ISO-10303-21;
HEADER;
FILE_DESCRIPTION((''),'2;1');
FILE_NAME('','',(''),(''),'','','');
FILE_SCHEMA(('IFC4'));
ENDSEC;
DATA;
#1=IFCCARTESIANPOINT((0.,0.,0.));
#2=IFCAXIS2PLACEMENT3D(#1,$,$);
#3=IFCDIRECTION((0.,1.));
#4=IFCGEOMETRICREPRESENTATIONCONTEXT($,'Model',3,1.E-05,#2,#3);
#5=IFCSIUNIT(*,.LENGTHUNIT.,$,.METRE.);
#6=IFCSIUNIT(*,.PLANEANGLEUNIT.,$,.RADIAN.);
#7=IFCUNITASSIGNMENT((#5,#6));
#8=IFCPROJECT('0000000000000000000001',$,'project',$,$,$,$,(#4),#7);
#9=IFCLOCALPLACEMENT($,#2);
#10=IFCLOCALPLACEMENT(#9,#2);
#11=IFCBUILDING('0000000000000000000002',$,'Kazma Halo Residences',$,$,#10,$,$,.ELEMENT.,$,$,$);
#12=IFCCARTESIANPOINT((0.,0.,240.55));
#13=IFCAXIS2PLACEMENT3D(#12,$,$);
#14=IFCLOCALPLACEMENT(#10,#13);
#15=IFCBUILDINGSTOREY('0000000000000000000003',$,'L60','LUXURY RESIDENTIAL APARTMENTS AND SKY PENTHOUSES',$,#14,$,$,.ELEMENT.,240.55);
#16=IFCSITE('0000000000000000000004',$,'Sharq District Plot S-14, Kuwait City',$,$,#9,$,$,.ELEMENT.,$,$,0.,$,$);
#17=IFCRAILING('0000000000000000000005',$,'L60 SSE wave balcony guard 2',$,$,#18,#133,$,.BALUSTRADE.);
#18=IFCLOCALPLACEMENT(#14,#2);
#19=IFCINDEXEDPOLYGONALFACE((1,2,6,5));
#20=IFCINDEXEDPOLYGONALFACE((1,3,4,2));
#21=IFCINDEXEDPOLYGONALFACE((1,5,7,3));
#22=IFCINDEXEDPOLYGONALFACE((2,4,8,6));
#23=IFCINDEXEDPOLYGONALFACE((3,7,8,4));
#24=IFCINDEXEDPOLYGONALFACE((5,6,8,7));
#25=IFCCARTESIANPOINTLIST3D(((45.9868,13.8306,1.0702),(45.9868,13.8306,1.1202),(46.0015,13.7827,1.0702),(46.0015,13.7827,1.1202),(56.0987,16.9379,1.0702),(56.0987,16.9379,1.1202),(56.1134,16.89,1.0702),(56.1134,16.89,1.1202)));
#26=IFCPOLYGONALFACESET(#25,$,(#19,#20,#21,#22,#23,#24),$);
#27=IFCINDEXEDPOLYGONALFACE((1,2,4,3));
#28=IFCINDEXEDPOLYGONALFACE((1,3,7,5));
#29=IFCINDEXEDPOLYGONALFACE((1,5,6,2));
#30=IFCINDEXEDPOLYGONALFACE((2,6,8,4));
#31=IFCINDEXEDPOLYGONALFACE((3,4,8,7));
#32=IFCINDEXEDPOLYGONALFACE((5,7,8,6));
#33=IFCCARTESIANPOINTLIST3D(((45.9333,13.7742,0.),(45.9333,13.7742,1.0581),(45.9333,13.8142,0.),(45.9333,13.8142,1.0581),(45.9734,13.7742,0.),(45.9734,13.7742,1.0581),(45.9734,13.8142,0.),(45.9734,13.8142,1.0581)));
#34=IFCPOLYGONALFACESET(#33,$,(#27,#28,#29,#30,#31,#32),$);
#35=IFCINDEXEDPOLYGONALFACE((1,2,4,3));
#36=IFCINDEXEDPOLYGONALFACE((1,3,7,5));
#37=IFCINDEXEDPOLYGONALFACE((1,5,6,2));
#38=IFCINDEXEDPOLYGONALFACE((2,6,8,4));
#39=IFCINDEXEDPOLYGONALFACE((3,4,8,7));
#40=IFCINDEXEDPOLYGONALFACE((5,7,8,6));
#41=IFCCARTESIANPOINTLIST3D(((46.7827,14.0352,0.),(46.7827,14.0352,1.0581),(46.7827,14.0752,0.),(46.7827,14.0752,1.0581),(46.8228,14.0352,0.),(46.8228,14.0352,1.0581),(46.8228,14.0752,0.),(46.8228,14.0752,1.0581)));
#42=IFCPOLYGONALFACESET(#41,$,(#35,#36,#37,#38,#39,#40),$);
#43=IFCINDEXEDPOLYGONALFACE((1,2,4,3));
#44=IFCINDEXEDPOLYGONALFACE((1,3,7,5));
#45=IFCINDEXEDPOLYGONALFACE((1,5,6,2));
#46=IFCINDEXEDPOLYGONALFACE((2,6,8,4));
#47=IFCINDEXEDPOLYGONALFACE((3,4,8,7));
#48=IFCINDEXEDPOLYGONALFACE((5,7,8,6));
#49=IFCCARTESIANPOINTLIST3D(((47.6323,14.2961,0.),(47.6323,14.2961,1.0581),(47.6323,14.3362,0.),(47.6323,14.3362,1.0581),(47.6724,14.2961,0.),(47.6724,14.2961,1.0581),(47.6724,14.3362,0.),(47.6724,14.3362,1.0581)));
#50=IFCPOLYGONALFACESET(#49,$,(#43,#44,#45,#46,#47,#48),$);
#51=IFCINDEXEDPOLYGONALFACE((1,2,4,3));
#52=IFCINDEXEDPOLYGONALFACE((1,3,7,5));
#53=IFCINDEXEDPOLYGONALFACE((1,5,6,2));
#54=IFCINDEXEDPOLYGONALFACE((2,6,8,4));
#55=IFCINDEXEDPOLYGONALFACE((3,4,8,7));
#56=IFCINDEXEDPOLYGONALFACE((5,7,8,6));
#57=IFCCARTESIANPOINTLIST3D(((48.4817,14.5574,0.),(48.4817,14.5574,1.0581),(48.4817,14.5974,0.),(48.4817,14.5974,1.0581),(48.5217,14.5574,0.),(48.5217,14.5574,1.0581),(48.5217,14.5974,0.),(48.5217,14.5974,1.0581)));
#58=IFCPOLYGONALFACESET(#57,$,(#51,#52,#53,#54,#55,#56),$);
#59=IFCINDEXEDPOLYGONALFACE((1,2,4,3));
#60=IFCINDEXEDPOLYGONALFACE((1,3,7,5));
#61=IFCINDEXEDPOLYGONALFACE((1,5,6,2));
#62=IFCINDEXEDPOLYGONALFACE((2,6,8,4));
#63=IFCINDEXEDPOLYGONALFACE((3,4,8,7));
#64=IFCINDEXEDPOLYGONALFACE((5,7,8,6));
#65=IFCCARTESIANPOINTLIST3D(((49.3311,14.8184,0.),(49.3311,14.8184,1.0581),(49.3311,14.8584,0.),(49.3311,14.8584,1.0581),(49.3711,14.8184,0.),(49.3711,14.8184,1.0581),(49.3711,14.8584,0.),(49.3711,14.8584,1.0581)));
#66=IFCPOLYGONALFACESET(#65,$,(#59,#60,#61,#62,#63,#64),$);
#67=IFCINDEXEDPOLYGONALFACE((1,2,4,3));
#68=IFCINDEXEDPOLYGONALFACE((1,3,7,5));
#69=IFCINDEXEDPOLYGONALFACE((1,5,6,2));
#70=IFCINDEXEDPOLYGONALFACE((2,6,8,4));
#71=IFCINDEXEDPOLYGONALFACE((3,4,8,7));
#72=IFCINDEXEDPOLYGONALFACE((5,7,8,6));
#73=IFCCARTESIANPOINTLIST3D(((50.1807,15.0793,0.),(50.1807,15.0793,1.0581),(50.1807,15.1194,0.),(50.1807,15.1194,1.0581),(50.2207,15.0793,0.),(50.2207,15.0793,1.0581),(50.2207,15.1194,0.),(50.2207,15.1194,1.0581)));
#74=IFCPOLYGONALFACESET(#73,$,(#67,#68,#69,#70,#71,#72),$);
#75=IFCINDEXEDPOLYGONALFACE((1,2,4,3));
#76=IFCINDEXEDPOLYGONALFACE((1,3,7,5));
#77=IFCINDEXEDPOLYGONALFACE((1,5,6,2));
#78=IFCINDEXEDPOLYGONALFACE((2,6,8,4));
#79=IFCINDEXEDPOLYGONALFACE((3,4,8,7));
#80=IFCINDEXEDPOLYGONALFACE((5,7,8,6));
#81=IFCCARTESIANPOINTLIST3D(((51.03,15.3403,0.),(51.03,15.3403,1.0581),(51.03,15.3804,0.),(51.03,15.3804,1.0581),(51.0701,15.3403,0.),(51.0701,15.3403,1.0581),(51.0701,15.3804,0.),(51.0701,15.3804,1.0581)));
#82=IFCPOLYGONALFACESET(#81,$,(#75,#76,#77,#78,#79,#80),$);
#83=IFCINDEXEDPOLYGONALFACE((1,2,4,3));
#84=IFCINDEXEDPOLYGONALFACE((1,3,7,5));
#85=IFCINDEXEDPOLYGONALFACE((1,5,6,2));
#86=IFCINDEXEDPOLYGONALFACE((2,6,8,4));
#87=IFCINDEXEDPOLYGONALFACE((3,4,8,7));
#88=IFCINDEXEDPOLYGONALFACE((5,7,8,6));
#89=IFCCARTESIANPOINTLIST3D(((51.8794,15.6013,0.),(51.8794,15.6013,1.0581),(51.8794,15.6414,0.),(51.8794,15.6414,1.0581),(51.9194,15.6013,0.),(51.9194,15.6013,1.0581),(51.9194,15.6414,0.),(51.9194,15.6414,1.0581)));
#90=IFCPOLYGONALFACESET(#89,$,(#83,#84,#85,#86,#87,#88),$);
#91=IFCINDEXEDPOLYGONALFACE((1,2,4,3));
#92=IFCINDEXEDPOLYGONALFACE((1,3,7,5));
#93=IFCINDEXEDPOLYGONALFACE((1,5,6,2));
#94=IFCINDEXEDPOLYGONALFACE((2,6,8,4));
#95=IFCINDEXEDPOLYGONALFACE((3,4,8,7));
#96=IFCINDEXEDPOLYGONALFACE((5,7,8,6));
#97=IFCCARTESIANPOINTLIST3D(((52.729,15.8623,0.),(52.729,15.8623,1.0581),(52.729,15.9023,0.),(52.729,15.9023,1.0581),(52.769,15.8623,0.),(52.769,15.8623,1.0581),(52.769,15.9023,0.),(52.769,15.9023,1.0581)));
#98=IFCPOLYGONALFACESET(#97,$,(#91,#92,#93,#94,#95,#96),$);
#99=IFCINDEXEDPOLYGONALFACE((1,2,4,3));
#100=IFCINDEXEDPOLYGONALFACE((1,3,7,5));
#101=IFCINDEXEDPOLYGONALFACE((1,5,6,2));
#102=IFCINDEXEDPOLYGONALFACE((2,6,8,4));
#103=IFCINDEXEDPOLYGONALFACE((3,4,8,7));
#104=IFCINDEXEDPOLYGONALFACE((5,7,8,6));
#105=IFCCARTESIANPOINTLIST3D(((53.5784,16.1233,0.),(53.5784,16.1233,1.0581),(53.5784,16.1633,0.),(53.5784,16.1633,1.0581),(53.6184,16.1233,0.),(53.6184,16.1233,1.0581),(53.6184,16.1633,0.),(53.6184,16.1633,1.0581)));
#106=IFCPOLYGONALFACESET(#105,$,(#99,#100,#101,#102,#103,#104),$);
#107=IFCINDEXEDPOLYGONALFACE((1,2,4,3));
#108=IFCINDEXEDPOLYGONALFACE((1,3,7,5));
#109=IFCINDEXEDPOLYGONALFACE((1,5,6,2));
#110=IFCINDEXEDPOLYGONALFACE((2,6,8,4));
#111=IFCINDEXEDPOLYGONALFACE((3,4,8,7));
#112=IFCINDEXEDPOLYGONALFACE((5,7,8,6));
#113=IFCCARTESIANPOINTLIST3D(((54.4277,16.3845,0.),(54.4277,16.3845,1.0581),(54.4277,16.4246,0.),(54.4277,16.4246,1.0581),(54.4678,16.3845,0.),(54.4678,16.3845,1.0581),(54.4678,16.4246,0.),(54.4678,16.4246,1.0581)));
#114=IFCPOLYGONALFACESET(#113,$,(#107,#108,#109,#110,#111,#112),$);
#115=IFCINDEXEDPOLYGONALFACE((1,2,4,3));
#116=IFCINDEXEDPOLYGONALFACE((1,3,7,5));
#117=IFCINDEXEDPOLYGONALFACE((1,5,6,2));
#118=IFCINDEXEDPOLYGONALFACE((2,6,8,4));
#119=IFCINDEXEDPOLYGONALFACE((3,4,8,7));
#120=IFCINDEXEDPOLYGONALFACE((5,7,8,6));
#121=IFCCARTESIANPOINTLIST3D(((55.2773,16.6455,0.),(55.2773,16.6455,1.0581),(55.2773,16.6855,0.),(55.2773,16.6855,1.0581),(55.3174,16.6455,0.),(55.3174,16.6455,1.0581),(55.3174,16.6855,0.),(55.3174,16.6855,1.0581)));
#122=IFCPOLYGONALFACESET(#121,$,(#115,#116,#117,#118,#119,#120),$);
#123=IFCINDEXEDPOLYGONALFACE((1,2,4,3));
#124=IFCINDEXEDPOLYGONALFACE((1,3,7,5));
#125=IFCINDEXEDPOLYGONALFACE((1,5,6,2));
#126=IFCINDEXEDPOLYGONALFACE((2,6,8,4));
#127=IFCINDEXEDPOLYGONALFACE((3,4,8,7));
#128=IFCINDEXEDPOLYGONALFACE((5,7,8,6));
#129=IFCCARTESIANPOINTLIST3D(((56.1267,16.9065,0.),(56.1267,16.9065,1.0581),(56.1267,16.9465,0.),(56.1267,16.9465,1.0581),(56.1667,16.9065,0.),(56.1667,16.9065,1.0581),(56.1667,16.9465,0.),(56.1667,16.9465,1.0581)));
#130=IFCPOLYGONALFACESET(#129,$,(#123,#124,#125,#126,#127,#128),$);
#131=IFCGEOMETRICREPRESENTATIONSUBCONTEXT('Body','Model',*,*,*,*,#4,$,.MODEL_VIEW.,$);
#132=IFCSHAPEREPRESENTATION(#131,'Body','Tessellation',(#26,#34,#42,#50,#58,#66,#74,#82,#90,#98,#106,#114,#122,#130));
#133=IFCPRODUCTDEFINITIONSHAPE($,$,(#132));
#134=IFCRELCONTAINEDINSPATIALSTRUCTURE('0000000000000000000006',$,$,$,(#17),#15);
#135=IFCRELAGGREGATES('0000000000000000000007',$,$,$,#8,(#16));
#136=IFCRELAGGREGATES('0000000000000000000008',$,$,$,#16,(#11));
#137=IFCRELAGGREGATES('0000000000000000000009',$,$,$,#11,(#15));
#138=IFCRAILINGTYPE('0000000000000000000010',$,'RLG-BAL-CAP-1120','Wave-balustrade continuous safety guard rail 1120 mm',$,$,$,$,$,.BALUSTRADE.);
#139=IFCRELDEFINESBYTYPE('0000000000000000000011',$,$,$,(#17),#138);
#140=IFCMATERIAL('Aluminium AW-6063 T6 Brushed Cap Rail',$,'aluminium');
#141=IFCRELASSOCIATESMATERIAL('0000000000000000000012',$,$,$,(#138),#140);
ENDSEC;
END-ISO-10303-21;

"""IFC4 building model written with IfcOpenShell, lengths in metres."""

from ifc_helpers import new_model, si_unit, direction, frame, origin, origin_2d, place, context, subcontext, project, spatial, rectangle, extrude, material, type_object, element, save


model = new_model("IFC4")

# Units and contexts
model_context = context("Model", 3, precision=1e-05, world=origin(), true_north=direction((0.0, 1.0)))
body_context = subcontext(model_context, "Body", "Model", "MODEL_VIEW")
ifc_project = project(units=[si_unit("LENGTHUNIT", "METRE"), si_unit("PLANEANGLEUNIT", "RADIAN")], contexts=[model_context])

# Site, building, storey
site_placement = place(None, origin())
site = spatial("IfcSite", under=ifc_project, at=site_placement, Name="Sharq District Plot S-14, Kuwait City", CompositionType="ELEMENT", RefElevation=0.0)
building_placement = place(site_placement, origin())
building = spatial("IfcBuilding", under=site, at=building_placement, Name="Kazma Halo Residences", CompositionType="ELEMENT")
storey_placement = place(building_placement, frame((0.0, 0.0, 240.55)))
storey = spatial("IfcBuildingStorey", under=building, at=storey_placement, Name="L60", Description="LUXURY RESIDENTIAL APARTMENTS AND SKY PENTHOUSES", CompositionType="ELEMENT", Elevation=240.55)

# Railing
ifc_material_1 = material(Name="Aluminium AW-6063 T6 Brushed Cap Rail", Category="aluminium")
railing_type = type_object("IfcRailingType", Name="RLG-BAL-CAP-1120", Description="Wave-balustrade continuous safety guard rail 1120 mm", PredefinedType="BALUSTRADE", material=ifc_material_1)
railing_1_placement = place(storey_placement, frame((45.9534, 13.7942, 0.0)))
element("IfcRailing", 1, at=railing_1_placement, inside=storey, type_object=railing_type, Name="L60 SSE wave balcony guard 2", PredefinedType="BALUSTRADE", context=body_context, shape_type="SweptSolid", body=[
    extrude(rectangle(XDim=0.05, YDim=0.05, at=origin_2d()), frame((0.0408, 0.0125, 1.0952), z_axis=(0.955887, 0.293735, 0.0), x_axis=(-0.293735, 0.955887, 0.0)), (0.0, 0.0, 1.0), 10.5786),
    extrude(rectangle(XDim=0.04, YDim=0.04, at=origin_2d()), origin(), (0.0, 0.0, 1.0), 1.0581),
    extrude(rectangle(XDim=0.04, YDim=0.04, at=origin_2d()), frame((0.8494, 0.261, 0.0)), (0.0, 0.0, 1.0), 1.0581),
    extrude(rectangle(XDim=0.04, YDim=0.04, at=origin_2d()), frame((1.699, 0.522, 0.0)), (0.0, 0.0, 1.0), 1.0581),
    extrude(rectangle(XDim=0.04, YDim=0.04, at=origin_2d()), frame((2.5483, 0.7832, 0.0)), (0.0, 0.0, 1.0), 1.0581),
    extrude(rectangle(XDim=0.04, YDim=0.04, at=origin_2d()), frame((3.3977, 1.0442, 0.0)), (0.0, 0.0, 1.0), 1.0581),
    extrude(rectangle(XDim=0.04, YDim=0.04, at=origin_2d()), frame((4.2473, 1.3052, 0.0)), (0.0, 0.0, 1.0), 1.0581),
    extrude(rectangle(XDim=0.04, YDim=0.04, at=origin_2d()), frame((5.0967, 1.5662, 0.0)), (0.0, 0.0, 1.0), 1.0581),
    extrude(rectangle(XDim=0.04, YDim=0.04, at=origin_2d()), frame((5.946, 1.8271, 0.0)), (0.0, 0.0, 1.0), 1.0581),
    extrude(rectangle(XDim=0.04, YDim=0.04, at=origin_2d()), frame((6.7957, 2.0881, 0.0)), (0.0, 0.0, 1.0), 1.0581),
    extrude(rectangle(XDim=0.04, YDim=0.04, at=origin_2d()), frame((7.645, 2.3491, 0.0)), (0.0, 0.0, 1.0), 1.0581),
    extrude(rectangle(XDim=0.04, YDim=0.04, at=origin_2d()), frame((8.4944, 2.6104, 0.0)), (0.0, 0.0, 1.0), 1.0581),
    extrude(rectangle(XDim=0.04, YDim=0.04, at=origin_2d()), frame((9.344, 2.8713, 0.0)), (0.0, 0.0, 1.0), 1.0581),
    extrude(rectangle(XDim=0.04, YDim=0.04, at=origin_2d()), frame((10.1934, 3.1323, 0.0)), (0.0, 0.0, 1.0), 1.0581),
])

save(model, "model.ifc")
